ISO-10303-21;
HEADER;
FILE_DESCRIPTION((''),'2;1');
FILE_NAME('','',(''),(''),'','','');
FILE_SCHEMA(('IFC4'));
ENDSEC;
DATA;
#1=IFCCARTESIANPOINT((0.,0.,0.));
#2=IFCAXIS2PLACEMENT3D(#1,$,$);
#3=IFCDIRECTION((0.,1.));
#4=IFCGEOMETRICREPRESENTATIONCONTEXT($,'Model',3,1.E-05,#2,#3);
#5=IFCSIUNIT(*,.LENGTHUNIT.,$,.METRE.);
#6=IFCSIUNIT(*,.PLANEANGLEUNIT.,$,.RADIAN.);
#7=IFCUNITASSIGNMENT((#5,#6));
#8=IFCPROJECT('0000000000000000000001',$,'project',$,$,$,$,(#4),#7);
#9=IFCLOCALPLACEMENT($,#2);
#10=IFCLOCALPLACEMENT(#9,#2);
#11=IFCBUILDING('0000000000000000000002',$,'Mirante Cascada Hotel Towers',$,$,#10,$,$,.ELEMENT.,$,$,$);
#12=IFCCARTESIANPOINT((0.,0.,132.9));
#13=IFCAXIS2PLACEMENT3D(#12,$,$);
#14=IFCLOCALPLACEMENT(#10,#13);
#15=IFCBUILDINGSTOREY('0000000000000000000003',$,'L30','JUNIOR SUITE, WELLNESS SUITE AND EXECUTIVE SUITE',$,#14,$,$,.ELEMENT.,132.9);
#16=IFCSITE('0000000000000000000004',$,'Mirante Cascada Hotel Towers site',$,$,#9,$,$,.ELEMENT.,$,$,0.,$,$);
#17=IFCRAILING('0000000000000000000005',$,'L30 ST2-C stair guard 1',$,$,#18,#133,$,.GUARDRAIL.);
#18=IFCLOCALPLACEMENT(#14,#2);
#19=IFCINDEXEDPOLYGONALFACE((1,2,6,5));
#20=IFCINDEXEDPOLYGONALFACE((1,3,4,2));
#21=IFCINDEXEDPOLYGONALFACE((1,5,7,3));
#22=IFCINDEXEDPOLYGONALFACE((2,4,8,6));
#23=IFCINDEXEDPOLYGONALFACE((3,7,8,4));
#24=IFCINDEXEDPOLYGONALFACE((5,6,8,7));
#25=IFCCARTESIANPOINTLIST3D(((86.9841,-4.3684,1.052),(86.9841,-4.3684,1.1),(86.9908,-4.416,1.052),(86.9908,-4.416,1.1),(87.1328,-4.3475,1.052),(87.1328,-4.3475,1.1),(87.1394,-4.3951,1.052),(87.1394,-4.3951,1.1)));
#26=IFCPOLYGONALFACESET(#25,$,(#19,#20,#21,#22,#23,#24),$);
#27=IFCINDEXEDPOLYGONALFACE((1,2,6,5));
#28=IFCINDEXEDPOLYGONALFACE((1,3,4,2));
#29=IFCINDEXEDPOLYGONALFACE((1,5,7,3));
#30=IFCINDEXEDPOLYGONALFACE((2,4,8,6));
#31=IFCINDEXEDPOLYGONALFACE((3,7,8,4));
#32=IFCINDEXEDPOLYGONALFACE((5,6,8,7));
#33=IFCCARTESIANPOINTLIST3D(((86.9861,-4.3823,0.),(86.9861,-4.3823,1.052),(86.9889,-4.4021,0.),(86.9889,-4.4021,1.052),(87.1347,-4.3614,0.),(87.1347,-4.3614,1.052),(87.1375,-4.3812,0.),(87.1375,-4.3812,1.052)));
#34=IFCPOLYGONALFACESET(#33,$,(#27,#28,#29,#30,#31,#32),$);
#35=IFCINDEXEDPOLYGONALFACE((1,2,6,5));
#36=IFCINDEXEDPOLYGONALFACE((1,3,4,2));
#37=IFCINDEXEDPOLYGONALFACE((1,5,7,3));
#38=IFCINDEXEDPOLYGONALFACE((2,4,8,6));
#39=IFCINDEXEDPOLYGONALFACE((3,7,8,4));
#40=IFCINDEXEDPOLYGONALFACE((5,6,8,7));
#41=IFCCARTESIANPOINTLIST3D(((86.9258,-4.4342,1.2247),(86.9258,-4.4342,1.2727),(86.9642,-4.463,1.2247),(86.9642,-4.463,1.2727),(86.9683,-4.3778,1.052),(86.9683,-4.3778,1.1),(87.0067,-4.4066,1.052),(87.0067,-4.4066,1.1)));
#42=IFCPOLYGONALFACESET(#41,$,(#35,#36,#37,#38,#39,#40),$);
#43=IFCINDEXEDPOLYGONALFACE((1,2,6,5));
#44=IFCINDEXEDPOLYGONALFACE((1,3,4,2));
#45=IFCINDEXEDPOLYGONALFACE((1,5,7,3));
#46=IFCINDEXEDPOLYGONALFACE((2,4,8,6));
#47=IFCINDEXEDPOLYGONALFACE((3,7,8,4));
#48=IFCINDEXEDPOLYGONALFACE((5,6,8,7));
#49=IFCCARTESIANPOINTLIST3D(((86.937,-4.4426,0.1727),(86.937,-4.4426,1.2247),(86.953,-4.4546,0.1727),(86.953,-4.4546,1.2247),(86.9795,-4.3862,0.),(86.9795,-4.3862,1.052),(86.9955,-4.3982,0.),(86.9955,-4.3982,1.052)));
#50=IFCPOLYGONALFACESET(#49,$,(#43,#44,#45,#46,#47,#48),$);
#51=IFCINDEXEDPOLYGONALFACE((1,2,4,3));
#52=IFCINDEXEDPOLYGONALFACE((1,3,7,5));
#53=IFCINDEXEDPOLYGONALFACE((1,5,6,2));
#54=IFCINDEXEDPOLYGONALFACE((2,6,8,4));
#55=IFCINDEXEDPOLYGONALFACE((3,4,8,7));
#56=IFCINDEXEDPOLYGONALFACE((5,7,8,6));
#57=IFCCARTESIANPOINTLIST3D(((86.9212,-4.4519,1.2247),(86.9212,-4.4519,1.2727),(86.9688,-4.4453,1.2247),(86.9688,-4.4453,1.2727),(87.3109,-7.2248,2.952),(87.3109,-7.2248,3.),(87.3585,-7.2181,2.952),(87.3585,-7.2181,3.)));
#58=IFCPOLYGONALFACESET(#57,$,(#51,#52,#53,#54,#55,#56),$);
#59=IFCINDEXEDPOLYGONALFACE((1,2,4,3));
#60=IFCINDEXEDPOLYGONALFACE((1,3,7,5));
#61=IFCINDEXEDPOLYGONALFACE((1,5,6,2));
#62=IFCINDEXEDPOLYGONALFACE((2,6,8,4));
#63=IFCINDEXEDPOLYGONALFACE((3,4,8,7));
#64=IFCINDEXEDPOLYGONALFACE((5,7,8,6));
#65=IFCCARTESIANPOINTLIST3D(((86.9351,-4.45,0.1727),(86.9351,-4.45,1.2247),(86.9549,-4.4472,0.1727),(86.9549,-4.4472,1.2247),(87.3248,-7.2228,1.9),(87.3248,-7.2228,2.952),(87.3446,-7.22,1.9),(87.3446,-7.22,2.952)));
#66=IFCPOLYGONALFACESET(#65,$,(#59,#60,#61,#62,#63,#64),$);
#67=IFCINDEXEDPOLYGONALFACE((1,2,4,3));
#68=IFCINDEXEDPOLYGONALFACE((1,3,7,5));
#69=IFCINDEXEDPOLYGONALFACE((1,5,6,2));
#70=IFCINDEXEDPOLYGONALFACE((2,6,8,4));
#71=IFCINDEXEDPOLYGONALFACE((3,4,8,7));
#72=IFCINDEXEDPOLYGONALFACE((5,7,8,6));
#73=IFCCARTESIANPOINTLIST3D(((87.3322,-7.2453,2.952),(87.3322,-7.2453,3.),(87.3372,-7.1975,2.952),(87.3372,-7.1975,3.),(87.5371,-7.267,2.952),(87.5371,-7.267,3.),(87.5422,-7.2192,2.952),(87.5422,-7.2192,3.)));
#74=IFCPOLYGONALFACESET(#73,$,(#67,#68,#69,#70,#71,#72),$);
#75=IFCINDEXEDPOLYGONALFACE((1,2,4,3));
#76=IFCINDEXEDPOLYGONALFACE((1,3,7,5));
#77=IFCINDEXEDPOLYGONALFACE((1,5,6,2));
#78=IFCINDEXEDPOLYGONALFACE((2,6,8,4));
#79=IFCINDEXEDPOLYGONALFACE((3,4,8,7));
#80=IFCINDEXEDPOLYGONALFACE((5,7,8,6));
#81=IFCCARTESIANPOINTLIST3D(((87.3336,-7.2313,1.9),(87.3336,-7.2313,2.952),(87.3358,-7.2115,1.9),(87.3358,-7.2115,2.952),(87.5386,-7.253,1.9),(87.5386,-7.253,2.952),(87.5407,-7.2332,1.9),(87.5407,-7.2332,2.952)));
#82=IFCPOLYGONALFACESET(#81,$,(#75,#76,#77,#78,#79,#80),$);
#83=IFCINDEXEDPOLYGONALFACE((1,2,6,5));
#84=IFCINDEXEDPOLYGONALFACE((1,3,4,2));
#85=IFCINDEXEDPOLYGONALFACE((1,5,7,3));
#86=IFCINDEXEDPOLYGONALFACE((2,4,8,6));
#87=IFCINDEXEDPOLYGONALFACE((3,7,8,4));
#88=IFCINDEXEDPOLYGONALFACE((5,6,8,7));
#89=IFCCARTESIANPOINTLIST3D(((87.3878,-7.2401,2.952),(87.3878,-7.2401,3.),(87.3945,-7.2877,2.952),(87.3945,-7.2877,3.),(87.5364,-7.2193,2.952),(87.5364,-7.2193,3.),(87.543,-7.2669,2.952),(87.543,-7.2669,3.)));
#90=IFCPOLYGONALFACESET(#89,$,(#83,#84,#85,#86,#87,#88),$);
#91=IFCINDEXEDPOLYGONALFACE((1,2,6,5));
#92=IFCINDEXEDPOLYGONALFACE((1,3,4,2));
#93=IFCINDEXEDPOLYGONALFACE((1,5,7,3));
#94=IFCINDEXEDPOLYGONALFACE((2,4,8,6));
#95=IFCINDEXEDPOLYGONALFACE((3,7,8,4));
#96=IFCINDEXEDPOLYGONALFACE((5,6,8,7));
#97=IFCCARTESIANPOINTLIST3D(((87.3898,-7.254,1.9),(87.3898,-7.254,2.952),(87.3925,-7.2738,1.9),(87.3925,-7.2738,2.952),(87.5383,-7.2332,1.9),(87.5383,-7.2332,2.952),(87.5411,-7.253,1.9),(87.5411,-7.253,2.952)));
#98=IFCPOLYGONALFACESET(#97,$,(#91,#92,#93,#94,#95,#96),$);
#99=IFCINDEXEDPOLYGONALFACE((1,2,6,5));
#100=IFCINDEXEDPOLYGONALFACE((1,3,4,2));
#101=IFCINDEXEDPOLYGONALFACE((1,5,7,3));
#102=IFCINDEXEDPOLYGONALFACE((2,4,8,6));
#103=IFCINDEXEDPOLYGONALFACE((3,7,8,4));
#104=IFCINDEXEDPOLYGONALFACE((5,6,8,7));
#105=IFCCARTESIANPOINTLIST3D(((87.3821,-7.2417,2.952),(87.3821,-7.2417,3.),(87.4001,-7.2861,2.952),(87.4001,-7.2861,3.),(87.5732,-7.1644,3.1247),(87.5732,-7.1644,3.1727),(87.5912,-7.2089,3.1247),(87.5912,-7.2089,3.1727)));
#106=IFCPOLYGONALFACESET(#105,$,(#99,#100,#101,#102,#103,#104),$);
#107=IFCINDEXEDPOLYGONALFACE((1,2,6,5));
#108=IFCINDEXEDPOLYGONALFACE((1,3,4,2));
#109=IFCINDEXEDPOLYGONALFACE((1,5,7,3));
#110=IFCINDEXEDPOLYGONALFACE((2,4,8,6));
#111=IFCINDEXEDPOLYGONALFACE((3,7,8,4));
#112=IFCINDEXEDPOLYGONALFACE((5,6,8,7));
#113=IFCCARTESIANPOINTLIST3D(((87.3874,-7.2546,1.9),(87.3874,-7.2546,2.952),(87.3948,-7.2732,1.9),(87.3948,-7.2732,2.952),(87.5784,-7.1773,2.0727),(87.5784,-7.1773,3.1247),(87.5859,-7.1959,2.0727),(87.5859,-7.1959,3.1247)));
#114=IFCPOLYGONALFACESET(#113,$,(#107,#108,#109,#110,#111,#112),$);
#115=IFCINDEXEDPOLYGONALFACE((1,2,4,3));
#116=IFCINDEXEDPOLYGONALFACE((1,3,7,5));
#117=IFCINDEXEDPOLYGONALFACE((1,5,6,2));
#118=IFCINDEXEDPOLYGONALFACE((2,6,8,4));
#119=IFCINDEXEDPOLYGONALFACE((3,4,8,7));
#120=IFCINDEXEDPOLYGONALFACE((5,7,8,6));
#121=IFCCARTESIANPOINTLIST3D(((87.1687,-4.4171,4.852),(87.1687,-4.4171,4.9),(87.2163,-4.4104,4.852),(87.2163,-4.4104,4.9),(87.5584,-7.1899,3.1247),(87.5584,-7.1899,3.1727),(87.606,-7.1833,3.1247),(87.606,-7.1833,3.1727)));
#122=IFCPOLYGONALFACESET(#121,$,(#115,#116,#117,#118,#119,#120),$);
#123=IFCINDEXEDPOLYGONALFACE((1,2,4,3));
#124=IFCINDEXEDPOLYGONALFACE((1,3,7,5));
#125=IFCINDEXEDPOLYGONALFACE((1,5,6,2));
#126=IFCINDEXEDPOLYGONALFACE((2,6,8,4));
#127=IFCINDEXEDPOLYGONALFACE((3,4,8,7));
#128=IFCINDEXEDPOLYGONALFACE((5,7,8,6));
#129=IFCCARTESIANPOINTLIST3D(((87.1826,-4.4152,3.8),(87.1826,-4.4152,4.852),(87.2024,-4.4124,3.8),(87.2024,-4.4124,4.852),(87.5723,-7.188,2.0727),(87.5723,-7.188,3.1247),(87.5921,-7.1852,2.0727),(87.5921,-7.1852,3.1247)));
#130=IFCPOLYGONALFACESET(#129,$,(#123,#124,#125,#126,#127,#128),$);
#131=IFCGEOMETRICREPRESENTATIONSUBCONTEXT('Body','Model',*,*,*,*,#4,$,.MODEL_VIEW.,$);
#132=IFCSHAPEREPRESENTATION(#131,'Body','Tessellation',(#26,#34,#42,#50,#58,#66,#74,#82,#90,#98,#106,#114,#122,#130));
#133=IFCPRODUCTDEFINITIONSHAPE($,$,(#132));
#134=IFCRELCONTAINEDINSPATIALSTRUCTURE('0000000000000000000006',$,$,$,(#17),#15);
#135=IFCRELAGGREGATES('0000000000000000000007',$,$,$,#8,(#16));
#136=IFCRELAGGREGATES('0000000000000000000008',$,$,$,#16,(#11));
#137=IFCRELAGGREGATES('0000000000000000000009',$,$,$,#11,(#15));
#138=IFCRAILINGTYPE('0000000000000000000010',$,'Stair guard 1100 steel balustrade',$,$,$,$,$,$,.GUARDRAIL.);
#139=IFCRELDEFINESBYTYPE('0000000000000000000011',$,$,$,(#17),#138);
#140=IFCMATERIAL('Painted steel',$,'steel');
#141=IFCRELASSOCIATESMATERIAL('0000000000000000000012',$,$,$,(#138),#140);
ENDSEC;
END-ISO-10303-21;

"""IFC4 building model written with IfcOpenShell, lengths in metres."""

from ifc_helpers import new_model, si_unit, direction, frame, origin, origin_2d, place, context, subcontext, project, spatial, rectangle, extrude, material, type_object, element, save


model = new_model("IFC4")

# Units and contexts
model_context = context("Model", 3, precision=1e-05, world=origin(), true_north=direction((0.0, 1.0)))
body_context = subcontext(model_context, "Body", "Model", "MODEL_VIEW")
ifc_project = project(units=[si_unit("LENGTHUNIT", "METRE"), si_unit("PLANEANGLEUNIT", "RADIAN")], contexts=[model_context])

# Site, building, storey
site_placement = place(None, origin())
site = spatial("IfcSite", under=ifc_project, at=site_placement, Name="Mirante Cascada Hotel Towers site", CompositionType="ELEMENT", RefElevation=0.0)
building_placement = place(site_placement, origin())
building = spatial("IfcBuilding", under=site, at=building_placement, Name="Mirante Cascada Hotel Towers", CompositionType="ELEMENT")
storey_placement = place(building_placement, frame((0.0, 0.0, 132.9)))
storey = spatial("IfcBuildingStorey", under=building, at=storey_placement, Name="L30", Description="JUNIOR SUITE, WELLNESS SUITE AND EXECUTIVE SUITE", CompositionType="ELEMENT", Elevation=132.9)

# Railing
ifc_material_1 = material(Name="Painted steel", Category="steel")
railing_type = type_object("IfcRailingType", Name="Stair guard 1100 steel balustrade", PredefinedType="GUARDRAIL", material=ifc_material_1)
railing_placement = place(storey_placement, frame((87.1361, -4.3713, 0.0)))
element("IfcRailing", 1, at=railing_placement, inside=storey, type_object=railing_type, Name="L30 ST2-C stair guard 1", PredefinedType="GUARDRAIL", context=body_context, shape_type="SweptSolid", body=[
    extrude(rectangle(XDim=0.048, YDim=0.048, at=origin_2d()), frame((0.0, 0.0, 1.076), z_axis=(-0.990254, -0.139275, 0.0), x_axis=(0.139275, -0.990254, 0.0)), (0.0, 0.0, 1.0), 0.1501),
    extrude(rectangle(XDim=0.02, YDim=1.052, at=origin_2d()), frame((0.0, 0.0, 0.526), z_axis=(-0.990254, -0.139275, 0.0), x_axis=(0.139275, -0.990254, 0.0)), (0.0, 0.0, 1.0), 0.1501),
    extrude(rectangle(XDim=0.048, YDim=0.048, at=origin_2d()), frame((-0.1486, -0.0209, 1.076), z_axis=(-0.601811, -0.798639, 0.0), x_axis=(0.798639, -0.601811, 0.0)), (0.0, 0.925603, 0.378496), 0.1866),
    extrude(rectangle(XDim=0.02, YDim=1.052, at=origin_2d()), frame((-0.1486, -0.0209, 0.526), z_axis=(-0.601811, -0.798639, 0.0), x_axis=(0.798639, -0.601811, 0.0)), (0.0, 0.925603, 0.378496), 0.1866),
    extrude(rectangle(XDim=0.048, YDim=0.048, at=origin_2d()), frame((-0.1911, -0.0773, 1.2487), z_axis=(0.139176, -0.990268, 0.0), x_axis=(0.990268, 0.139176, 0.0)), (0.0, 0.525021, 0.851089), 3.29),
    extrude(rectangle(XDim=0.02, YDim=1.052, at=origin_2d()), frame((-0.1911, -0.0773, 0.6987), z_axis=(0.139176, -0.990268, 0.0), x_axis=(0.990268, 0.139176, 0.0)), (0.0, 0.525021, 0.851089), 3.29),
    extrude(rectangle(XDim=0.048, YDim=0.048, at=origin_2d()), frame((0.1986, -2.8501, 2.976), z_axis=(0.994444, -0.105266, 0.0), x_axis=(0.105266, 0.994444, 0.0)), (0.0, 0.0, 1.0), 0.2061),
    extrude(rectangle(XDim=0.02, YDim=1.052, at=origin_2d()), frame((0.1986, -2.8501, 2.426), z_axis=(0.994444, -0.105266, 0.0), x_axis=(0.105266, 0.994444, 0.0)), (0.0, 0.0, 1.0), 0.2061),
    extrude(rectangle(XDim=0.048, YDim=0.048, at=origin_2d()), frame((0.4036, -2.8718, 2.976), z_axis=(-0.990345, -0.138622, 0.0), x_axis=(0.138622, -0.990345, 0.0)), (0.0, 0.0, 1.0), 0.15),
    extrude(rectangle(XDim=0.02, YDim=1.052, at=origin_2d()), frame((0.4036, -2.8718, 2.426), z_axis=(-0.990345, -0.138622, 0.0), x_axis=(0.138622, -0.990345, 0.0)), (0.0, 0.0, 1.0), 0.15),
    extrude(rectangle(XDim=0.048, YDim=0.048, at=origin_2d()), frame((0.255, -2.8926, 2.976), z_axis=(0.927031, 0.374984, 0.0), x_axis=(-0.374984, 0.927031, 0.0)), (0.0, 0.64219, 0.766545), 0.2689),
    extrude(rectangle(XDim=0.02, YDim=1.052, at=origin_2d()), frame((0.255, -2.8926, 2.426), z_axis=(0.927031, 0.374984, 0.0), x_axis=(-0.374984, 0.927031, 0.0)), (0.0, 0.64219, 0.766545), 0.2689),
    extrude(rectangle(XDim=0.048, YDim=0.048, at=origin_2d()), frame((0.4461, -2.8153, 3.1487), z_axis=(-0.139176, 0.990268, 0.0), x_axis=(-0.990268, -0.139176, 0.0)), (0.0, 0.525021, 0.851089), 3.29),
    extrude(rectangle(XDim=0.02, YDim=1.052, at=origin_2d()), frame((0.4461, -2.8153, 2.5987), z_axis=(-0.139176, 0.990268, 0.0), x_axis=(-0.990268, -0.139176, 0.0)), (0.0, 0.525021, 0.851089), 3.29),
])

save(model, "model.ifc")
